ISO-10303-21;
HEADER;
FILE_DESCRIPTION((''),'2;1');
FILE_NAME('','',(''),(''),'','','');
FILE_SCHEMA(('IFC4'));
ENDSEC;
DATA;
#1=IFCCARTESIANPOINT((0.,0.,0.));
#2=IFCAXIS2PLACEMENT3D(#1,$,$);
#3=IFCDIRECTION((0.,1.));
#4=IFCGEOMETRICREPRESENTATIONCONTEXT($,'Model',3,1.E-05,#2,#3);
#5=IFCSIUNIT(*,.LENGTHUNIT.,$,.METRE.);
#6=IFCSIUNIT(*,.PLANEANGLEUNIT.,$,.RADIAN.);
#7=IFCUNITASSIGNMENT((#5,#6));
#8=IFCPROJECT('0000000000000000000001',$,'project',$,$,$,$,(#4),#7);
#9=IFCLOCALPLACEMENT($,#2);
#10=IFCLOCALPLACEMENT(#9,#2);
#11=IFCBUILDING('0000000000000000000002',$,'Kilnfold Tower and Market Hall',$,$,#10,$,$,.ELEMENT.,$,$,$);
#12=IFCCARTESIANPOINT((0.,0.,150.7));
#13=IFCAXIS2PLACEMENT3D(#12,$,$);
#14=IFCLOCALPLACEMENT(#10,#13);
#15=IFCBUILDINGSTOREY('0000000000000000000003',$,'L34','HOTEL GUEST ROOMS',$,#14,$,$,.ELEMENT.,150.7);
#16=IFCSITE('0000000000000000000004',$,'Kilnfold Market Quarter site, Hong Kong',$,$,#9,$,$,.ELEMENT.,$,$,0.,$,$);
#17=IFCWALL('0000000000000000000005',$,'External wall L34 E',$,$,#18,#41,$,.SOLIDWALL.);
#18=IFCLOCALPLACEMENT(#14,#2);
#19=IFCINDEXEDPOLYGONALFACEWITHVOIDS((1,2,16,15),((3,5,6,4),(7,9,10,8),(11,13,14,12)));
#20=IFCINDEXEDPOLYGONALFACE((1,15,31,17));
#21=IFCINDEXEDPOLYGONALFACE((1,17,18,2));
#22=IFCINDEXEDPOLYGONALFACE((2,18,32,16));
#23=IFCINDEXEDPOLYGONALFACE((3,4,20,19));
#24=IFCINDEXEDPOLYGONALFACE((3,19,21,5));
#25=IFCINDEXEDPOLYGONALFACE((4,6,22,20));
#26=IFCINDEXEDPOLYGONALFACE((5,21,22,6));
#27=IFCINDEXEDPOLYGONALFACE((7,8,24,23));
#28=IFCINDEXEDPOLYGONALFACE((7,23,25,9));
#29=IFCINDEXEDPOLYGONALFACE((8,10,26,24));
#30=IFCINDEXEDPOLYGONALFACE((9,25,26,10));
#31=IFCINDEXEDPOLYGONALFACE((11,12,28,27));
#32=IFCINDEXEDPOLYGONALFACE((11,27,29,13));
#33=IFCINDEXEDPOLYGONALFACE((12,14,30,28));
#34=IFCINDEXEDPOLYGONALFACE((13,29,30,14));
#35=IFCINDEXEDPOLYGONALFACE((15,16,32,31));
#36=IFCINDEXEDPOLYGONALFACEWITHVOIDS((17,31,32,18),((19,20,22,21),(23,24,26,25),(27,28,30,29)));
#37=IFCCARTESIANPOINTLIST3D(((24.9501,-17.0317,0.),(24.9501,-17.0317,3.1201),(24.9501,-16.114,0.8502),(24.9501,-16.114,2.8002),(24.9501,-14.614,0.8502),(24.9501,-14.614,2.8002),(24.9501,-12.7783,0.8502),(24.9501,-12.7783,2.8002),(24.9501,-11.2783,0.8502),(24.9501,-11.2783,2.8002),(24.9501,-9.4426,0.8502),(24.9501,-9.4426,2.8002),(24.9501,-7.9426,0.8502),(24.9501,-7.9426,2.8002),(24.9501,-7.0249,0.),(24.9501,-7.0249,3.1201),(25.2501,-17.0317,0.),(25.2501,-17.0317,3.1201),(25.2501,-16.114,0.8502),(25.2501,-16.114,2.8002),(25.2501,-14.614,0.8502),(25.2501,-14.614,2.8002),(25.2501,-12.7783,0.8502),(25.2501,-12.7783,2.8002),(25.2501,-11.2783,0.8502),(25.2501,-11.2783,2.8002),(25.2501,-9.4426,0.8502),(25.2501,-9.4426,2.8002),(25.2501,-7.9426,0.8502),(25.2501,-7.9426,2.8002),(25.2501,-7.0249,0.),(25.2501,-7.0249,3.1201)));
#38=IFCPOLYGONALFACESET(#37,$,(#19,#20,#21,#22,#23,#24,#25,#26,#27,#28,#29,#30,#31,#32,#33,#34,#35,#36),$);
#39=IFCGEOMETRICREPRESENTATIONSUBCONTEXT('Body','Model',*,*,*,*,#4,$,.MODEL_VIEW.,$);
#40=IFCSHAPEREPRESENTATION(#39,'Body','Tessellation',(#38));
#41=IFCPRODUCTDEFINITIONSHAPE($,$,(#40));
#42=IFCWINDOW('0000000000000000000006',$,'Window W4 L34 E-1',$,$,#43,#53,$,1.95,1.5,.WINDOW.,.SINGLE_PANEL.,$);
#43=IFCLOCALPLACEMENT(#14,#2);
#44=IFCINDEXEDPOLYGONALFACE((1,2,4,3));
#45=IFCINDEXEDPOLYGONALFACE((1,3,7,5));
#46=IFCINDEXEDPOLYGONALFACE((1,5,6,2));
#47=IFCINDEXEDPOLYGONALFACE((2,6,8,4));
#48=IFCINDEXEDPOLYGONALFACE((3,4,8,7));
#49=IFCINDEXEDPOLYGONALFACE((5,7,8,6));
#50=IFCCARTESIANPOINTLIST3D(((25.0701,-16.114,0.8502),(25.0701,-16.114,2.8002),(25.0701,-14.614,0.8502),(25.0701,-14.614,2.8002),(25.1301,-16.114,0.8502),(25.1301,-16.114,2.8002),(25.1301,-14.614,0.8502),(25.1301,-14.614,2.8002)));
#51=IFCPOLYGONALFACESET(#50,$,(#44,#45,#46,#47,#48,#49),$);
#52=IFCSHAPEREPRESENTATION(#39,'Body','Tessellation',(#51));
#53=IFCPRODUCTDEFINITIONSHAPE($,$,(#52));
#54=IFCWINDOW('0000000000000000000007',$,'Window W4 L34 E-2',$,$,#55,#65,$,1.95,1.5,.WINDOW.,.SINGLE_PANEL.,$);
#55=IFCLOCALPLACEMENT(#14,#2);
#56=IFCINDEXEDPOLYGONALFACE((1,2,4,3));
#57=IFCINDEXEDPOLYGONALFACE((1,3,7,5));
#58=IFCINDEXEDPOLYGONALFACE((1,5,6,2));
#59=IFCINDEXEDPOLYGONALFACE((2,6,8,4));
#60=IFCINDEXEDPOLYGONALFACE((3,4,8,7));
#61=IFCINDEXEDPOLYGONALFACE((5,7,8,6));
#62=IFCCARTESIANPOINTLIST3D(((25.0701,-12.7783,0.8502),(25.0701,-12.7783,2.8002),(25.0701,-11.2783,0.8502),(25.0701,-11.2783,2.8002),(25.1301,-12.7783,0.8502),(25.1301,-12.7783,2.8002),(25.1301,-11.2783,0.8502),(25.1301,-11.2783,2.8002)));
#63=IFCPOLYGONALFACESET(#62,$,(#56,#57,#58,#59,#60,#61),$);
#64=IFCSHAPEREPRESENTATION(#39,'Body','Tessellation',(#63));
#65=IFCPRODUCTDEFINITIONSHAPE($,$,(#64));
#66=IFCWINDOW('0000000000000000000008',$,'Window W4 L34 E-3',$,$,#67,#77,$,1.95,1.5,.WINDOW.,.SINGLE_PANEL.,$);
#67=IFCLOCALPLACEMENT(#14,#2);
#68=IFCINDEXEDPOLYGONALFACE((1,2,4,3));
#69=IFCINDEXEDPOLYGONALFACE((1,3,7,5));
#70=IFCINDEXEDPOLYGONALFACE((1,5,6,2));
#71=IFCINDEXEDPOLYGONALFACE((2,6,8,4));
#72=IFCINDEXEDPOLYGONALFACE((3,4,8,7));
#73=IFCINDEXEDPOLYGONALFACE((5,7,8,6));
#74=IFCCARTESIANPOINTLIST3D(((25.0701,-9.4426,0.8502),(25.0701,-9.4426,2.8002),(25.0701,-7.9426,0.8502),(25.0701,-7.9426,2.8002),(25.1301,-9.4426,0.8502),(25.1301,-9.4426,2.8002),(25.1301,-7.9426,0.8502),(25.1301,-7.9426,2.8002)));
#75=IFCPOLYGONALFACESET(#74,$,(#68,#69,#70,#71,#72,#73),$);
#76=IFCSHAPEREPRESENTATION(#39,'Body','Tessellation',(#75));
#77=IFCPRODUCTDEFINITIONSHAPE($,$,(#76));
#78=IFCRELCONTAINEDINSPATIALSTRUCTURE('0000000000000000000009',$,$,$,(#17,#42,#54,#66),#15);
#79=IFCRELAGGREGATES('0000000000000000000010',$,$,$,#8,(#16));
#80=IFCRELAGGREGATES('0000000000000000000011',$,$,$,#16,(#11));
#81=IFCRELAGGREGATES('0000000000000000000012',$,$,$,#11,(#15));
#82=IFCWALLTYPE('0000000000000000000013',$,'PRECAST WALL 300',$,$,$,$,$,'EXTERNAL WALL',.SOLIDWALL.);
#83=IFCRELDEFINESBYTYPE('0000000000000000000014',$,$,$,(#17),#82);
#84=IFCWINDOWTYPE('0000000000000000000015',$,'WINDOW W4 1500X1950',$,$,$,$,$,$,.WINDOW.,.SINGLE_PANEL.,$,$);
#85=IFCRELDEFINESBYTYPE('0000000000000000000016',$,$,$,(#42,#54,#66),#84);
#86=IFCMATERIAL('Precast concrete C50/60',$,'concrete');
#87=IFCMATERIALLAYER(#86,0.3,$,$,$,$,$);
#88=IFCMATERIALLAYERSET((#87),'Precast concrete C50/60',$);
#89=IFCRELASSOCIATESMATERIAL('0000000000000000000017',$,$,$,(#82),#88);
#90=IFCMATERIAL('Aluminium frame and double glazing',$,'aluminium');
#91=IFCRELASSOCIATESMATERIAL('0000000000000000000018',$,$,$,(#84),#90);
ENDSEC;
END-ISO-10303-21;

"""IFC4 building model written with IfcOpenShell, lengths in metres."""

from ifc_helpers import new_model, si_unit, direction, frame, frame_2d, origin, place, context, subcontext, project, spatial, rectangle, extrude, source, transform, mapped, material, layer, layer_set, type_object, element, fill, save


model = new_model("IFC4")

# Units and contexts
model_context = context("Model", 3, precision=1e-05, world=origin(), true_north=direction((0.0, 1.0)))
body_context = subcontext(model_context, "Body", "Model", "MODEL_VIEW")
ifc_project = project(units=[si_unit("LENGTHUNIT", "METRE"), si_unit("PLANEANGLEUNIT", "RADIAN")], contexts=[model_context])

# Site, building, storey
site_placement = place(None, origin())
site = spatial("IfcSite", under=ifc_project, at=site_placement, Name="Kilnfold Market Quarter site, Hong Kong", CompositionType="ELEMENT", RefElevation=0.0)
building_placement = place(site_placement, origin())
building = spatial("IfcBuilding", under=site, at=building_placement, Name="Kilnfold Tower and Market Hall", CompositionType="ELEMENT")
storey_placement = place(building_placement, frame((0.0, 0.0, 150.7)))
storey = spatial("IfcBuildingStorey", under=building, at=storey_placement, Name="L34", Description="HOTEL GUEST ROOMS", CompositionType="ELEMENT", Elevation=150.7)

# Shared definitions
ifc_material_1 = material(Name="Precast concrete C50/60", Category="concrete")
ifc_layer_1 = layer(ifc_material_1, 0.3)
ifc_layer_set_1 = layer_set([ifc_layer_1], Name="Precast concrete C50/60")
wall_type_1 = type_object("IfcWallType", Name="PRECAST WALL 300", ElementType="EXTERNAL WALL", PredefinedType="SOLIDWALL", material=ifc_layer_set_1)
ifc_material_2 = material(Name="Aluminium frame and double glazing", Category="aluminium")
window_type = type_object("IfcWindowType", Name="WINDOW W4 1500X1950", PartitioningType="SINGLE_PANEL", PredefinedType="WINDOW", material=ifc_material_2)

# Wall, openings, windows
shared_shape_1 = source(origin(), body_context, "Body", "SweptSolid", [
    extrude(rectangle(XDim=10.0068, YDim=0.3, at=frame_2d((5.0034, 0.0))), origin(), (0.0, 0.0, 1.0), 3.1201),
])
wall_1_placement = place(storey_placement, frame((25.1001, -17.0317, 0.0), z_axis=(0.0, 0.0, 1.0), x_axis=(0.0, 1.0, 0.0)))
wall_1 = element("IfcWall", 1, at=wall_1_placement, inside=storey, type_object=wall_type_1, Name="External wall L34 E", PredefinedType="SOLIDWALL", context=body_context, shape_type="MappedRepresentation", body=[
    mapped(shared_shape_1, transform((0.0, 0.0, 0.0))),
])
opening_1_placement = place(wall_1_placement, frame((0.9177, 0.0, 0.8501)))
opening_1 = element("IfcOpeningElement", 2, at=opening_1_placement, cuts=wall_1, PredefinedType="OPENING", context=body_context, shape_type="SweptSolid", body=[
    extrude(rectangle(XDim=1.5, YDim=1.95, at=frame_2d((0.75, 0.9751))), frame((0.0, 0.1602, 0.0), z_axis=(0.0, -1.0, 0.0), x_axis=(1.0, 0.0, 0.0)), (0.0, 0.0, 1.0), 0.3201),
])
opening_2_placement = place(wall_1_placement, frame((4.2534, 0.0, 0.8501)))
opening_2 = element("IfcOpeningElement", 3, at=opening_2_placement, cuts=wall_1, PredefinedType="OPENING", context=body_context, shape_type="SweptSolid", body=[
    extrude(rectangle(XDim=1.5, YDim=1.95, at=frame_2d((0.75, 0.9751))), frame((0.0, 0.1602, 0.0), z_axis=(0.0, -1.0, 0.0), x_axis=(1.0, 0.0, 0.0)), (0.0, 0.0, 1.0), 0.3201),
])
opening_3_placement = place(wall_1_placement, frame((7.5891, 0.0, 0.8501)))
opening_3 = element("IfcOpeningElement", 4, at=opening_3_placement, cuts=wall_1, PredefinedType="OPENING", context=body_context, shape_type="SweptSolid", body=[
    extrude(rectangle(XDim=1.5, YDim=1.95, at=frame_2d((0.75, 0.9751))), frame((0.0, 0.1602, 0.0), z_axis=(0.0, -1.0, 0.0), x_axis=(1.0, 0.0, 0.0)), (0.0, 0.0, 1.0), 0.3201),
])
window_1_placement = place(opening_1_placement, origin())
window_1 = element("IfcWindow", 5, at=window_1_placement, inside=storey, type_object=window_type, Name="Window W4 L34 E-1", OverallHeight=1.95, OverallWidth=1.5, PartitioningType="SINGLE_PANEL", PredefinedType="WINDOW", context=body_context, shape_type="SweptSolid", body=[
    extrude(rectangle(XDim=1.5, YDim=1.95, at=frame_2d((0.75, 0.9751))), frame((0.0, 0.03, 0.0), z_axis=(0.0, -1.0, 0.0), x_axis=(1.0, 0.0, 0.0)), (0.0, 0.0, 1.0), 0.0601),
])
fill(opening_1, window_1)
window_2_placement = place(opening_2_placement, origin())
window_2 = element("IfcWindow", 6, at=window_2_placement, inside=storey, type_object=window_type, Name="Window W4 L34 E-2", OverallHeight=1.95, OverallWidth=1.5, PartitioningType="SINGLE_PANEL", PredefinedType="WINDOW", context=body_context, shape_type="SweptSolid", body=[
    extrude(rectangle(XDim=1.5, YDim=1.95, at=frame_2d((0.75, 0.9751))), frame((0.0, 0.03, 0.0), z_axis=(0.0, -1.0, 0.0), x_axis=(1.0, 0.0, 0.0)), (0.0, 0.0, 1.0), 0.0601),
])
fill(opening_2, window_2)
window_3_placement = place(opening_3_placement, origin())
window_3 = element("IfcWindow", 7, at=window_3_placement, inside=storey, type_object=window_type, Name="Window W4 L34 E-3", OverallHeight=1.95, OverallWidth=1.5, PartitioningType="SINGLE_PANEL", PredefinedType="WINDOW", context=body_context, shape_type="SweptSolid", body=[
    extrude(rectangle(XDim=1.5, YDim=1.95, at=frame_2d((0.75, 0.9751))), frame((0.0, 0.03, 0.0), z_axis=(0.0, -1.0, 0.0), x_axis=(1.0, 0.0, 0.0)), (0.0, 0.0, 1.0), 0.0601),
])
fill(opening_3, window_3)

save(model, "model.ifc")
